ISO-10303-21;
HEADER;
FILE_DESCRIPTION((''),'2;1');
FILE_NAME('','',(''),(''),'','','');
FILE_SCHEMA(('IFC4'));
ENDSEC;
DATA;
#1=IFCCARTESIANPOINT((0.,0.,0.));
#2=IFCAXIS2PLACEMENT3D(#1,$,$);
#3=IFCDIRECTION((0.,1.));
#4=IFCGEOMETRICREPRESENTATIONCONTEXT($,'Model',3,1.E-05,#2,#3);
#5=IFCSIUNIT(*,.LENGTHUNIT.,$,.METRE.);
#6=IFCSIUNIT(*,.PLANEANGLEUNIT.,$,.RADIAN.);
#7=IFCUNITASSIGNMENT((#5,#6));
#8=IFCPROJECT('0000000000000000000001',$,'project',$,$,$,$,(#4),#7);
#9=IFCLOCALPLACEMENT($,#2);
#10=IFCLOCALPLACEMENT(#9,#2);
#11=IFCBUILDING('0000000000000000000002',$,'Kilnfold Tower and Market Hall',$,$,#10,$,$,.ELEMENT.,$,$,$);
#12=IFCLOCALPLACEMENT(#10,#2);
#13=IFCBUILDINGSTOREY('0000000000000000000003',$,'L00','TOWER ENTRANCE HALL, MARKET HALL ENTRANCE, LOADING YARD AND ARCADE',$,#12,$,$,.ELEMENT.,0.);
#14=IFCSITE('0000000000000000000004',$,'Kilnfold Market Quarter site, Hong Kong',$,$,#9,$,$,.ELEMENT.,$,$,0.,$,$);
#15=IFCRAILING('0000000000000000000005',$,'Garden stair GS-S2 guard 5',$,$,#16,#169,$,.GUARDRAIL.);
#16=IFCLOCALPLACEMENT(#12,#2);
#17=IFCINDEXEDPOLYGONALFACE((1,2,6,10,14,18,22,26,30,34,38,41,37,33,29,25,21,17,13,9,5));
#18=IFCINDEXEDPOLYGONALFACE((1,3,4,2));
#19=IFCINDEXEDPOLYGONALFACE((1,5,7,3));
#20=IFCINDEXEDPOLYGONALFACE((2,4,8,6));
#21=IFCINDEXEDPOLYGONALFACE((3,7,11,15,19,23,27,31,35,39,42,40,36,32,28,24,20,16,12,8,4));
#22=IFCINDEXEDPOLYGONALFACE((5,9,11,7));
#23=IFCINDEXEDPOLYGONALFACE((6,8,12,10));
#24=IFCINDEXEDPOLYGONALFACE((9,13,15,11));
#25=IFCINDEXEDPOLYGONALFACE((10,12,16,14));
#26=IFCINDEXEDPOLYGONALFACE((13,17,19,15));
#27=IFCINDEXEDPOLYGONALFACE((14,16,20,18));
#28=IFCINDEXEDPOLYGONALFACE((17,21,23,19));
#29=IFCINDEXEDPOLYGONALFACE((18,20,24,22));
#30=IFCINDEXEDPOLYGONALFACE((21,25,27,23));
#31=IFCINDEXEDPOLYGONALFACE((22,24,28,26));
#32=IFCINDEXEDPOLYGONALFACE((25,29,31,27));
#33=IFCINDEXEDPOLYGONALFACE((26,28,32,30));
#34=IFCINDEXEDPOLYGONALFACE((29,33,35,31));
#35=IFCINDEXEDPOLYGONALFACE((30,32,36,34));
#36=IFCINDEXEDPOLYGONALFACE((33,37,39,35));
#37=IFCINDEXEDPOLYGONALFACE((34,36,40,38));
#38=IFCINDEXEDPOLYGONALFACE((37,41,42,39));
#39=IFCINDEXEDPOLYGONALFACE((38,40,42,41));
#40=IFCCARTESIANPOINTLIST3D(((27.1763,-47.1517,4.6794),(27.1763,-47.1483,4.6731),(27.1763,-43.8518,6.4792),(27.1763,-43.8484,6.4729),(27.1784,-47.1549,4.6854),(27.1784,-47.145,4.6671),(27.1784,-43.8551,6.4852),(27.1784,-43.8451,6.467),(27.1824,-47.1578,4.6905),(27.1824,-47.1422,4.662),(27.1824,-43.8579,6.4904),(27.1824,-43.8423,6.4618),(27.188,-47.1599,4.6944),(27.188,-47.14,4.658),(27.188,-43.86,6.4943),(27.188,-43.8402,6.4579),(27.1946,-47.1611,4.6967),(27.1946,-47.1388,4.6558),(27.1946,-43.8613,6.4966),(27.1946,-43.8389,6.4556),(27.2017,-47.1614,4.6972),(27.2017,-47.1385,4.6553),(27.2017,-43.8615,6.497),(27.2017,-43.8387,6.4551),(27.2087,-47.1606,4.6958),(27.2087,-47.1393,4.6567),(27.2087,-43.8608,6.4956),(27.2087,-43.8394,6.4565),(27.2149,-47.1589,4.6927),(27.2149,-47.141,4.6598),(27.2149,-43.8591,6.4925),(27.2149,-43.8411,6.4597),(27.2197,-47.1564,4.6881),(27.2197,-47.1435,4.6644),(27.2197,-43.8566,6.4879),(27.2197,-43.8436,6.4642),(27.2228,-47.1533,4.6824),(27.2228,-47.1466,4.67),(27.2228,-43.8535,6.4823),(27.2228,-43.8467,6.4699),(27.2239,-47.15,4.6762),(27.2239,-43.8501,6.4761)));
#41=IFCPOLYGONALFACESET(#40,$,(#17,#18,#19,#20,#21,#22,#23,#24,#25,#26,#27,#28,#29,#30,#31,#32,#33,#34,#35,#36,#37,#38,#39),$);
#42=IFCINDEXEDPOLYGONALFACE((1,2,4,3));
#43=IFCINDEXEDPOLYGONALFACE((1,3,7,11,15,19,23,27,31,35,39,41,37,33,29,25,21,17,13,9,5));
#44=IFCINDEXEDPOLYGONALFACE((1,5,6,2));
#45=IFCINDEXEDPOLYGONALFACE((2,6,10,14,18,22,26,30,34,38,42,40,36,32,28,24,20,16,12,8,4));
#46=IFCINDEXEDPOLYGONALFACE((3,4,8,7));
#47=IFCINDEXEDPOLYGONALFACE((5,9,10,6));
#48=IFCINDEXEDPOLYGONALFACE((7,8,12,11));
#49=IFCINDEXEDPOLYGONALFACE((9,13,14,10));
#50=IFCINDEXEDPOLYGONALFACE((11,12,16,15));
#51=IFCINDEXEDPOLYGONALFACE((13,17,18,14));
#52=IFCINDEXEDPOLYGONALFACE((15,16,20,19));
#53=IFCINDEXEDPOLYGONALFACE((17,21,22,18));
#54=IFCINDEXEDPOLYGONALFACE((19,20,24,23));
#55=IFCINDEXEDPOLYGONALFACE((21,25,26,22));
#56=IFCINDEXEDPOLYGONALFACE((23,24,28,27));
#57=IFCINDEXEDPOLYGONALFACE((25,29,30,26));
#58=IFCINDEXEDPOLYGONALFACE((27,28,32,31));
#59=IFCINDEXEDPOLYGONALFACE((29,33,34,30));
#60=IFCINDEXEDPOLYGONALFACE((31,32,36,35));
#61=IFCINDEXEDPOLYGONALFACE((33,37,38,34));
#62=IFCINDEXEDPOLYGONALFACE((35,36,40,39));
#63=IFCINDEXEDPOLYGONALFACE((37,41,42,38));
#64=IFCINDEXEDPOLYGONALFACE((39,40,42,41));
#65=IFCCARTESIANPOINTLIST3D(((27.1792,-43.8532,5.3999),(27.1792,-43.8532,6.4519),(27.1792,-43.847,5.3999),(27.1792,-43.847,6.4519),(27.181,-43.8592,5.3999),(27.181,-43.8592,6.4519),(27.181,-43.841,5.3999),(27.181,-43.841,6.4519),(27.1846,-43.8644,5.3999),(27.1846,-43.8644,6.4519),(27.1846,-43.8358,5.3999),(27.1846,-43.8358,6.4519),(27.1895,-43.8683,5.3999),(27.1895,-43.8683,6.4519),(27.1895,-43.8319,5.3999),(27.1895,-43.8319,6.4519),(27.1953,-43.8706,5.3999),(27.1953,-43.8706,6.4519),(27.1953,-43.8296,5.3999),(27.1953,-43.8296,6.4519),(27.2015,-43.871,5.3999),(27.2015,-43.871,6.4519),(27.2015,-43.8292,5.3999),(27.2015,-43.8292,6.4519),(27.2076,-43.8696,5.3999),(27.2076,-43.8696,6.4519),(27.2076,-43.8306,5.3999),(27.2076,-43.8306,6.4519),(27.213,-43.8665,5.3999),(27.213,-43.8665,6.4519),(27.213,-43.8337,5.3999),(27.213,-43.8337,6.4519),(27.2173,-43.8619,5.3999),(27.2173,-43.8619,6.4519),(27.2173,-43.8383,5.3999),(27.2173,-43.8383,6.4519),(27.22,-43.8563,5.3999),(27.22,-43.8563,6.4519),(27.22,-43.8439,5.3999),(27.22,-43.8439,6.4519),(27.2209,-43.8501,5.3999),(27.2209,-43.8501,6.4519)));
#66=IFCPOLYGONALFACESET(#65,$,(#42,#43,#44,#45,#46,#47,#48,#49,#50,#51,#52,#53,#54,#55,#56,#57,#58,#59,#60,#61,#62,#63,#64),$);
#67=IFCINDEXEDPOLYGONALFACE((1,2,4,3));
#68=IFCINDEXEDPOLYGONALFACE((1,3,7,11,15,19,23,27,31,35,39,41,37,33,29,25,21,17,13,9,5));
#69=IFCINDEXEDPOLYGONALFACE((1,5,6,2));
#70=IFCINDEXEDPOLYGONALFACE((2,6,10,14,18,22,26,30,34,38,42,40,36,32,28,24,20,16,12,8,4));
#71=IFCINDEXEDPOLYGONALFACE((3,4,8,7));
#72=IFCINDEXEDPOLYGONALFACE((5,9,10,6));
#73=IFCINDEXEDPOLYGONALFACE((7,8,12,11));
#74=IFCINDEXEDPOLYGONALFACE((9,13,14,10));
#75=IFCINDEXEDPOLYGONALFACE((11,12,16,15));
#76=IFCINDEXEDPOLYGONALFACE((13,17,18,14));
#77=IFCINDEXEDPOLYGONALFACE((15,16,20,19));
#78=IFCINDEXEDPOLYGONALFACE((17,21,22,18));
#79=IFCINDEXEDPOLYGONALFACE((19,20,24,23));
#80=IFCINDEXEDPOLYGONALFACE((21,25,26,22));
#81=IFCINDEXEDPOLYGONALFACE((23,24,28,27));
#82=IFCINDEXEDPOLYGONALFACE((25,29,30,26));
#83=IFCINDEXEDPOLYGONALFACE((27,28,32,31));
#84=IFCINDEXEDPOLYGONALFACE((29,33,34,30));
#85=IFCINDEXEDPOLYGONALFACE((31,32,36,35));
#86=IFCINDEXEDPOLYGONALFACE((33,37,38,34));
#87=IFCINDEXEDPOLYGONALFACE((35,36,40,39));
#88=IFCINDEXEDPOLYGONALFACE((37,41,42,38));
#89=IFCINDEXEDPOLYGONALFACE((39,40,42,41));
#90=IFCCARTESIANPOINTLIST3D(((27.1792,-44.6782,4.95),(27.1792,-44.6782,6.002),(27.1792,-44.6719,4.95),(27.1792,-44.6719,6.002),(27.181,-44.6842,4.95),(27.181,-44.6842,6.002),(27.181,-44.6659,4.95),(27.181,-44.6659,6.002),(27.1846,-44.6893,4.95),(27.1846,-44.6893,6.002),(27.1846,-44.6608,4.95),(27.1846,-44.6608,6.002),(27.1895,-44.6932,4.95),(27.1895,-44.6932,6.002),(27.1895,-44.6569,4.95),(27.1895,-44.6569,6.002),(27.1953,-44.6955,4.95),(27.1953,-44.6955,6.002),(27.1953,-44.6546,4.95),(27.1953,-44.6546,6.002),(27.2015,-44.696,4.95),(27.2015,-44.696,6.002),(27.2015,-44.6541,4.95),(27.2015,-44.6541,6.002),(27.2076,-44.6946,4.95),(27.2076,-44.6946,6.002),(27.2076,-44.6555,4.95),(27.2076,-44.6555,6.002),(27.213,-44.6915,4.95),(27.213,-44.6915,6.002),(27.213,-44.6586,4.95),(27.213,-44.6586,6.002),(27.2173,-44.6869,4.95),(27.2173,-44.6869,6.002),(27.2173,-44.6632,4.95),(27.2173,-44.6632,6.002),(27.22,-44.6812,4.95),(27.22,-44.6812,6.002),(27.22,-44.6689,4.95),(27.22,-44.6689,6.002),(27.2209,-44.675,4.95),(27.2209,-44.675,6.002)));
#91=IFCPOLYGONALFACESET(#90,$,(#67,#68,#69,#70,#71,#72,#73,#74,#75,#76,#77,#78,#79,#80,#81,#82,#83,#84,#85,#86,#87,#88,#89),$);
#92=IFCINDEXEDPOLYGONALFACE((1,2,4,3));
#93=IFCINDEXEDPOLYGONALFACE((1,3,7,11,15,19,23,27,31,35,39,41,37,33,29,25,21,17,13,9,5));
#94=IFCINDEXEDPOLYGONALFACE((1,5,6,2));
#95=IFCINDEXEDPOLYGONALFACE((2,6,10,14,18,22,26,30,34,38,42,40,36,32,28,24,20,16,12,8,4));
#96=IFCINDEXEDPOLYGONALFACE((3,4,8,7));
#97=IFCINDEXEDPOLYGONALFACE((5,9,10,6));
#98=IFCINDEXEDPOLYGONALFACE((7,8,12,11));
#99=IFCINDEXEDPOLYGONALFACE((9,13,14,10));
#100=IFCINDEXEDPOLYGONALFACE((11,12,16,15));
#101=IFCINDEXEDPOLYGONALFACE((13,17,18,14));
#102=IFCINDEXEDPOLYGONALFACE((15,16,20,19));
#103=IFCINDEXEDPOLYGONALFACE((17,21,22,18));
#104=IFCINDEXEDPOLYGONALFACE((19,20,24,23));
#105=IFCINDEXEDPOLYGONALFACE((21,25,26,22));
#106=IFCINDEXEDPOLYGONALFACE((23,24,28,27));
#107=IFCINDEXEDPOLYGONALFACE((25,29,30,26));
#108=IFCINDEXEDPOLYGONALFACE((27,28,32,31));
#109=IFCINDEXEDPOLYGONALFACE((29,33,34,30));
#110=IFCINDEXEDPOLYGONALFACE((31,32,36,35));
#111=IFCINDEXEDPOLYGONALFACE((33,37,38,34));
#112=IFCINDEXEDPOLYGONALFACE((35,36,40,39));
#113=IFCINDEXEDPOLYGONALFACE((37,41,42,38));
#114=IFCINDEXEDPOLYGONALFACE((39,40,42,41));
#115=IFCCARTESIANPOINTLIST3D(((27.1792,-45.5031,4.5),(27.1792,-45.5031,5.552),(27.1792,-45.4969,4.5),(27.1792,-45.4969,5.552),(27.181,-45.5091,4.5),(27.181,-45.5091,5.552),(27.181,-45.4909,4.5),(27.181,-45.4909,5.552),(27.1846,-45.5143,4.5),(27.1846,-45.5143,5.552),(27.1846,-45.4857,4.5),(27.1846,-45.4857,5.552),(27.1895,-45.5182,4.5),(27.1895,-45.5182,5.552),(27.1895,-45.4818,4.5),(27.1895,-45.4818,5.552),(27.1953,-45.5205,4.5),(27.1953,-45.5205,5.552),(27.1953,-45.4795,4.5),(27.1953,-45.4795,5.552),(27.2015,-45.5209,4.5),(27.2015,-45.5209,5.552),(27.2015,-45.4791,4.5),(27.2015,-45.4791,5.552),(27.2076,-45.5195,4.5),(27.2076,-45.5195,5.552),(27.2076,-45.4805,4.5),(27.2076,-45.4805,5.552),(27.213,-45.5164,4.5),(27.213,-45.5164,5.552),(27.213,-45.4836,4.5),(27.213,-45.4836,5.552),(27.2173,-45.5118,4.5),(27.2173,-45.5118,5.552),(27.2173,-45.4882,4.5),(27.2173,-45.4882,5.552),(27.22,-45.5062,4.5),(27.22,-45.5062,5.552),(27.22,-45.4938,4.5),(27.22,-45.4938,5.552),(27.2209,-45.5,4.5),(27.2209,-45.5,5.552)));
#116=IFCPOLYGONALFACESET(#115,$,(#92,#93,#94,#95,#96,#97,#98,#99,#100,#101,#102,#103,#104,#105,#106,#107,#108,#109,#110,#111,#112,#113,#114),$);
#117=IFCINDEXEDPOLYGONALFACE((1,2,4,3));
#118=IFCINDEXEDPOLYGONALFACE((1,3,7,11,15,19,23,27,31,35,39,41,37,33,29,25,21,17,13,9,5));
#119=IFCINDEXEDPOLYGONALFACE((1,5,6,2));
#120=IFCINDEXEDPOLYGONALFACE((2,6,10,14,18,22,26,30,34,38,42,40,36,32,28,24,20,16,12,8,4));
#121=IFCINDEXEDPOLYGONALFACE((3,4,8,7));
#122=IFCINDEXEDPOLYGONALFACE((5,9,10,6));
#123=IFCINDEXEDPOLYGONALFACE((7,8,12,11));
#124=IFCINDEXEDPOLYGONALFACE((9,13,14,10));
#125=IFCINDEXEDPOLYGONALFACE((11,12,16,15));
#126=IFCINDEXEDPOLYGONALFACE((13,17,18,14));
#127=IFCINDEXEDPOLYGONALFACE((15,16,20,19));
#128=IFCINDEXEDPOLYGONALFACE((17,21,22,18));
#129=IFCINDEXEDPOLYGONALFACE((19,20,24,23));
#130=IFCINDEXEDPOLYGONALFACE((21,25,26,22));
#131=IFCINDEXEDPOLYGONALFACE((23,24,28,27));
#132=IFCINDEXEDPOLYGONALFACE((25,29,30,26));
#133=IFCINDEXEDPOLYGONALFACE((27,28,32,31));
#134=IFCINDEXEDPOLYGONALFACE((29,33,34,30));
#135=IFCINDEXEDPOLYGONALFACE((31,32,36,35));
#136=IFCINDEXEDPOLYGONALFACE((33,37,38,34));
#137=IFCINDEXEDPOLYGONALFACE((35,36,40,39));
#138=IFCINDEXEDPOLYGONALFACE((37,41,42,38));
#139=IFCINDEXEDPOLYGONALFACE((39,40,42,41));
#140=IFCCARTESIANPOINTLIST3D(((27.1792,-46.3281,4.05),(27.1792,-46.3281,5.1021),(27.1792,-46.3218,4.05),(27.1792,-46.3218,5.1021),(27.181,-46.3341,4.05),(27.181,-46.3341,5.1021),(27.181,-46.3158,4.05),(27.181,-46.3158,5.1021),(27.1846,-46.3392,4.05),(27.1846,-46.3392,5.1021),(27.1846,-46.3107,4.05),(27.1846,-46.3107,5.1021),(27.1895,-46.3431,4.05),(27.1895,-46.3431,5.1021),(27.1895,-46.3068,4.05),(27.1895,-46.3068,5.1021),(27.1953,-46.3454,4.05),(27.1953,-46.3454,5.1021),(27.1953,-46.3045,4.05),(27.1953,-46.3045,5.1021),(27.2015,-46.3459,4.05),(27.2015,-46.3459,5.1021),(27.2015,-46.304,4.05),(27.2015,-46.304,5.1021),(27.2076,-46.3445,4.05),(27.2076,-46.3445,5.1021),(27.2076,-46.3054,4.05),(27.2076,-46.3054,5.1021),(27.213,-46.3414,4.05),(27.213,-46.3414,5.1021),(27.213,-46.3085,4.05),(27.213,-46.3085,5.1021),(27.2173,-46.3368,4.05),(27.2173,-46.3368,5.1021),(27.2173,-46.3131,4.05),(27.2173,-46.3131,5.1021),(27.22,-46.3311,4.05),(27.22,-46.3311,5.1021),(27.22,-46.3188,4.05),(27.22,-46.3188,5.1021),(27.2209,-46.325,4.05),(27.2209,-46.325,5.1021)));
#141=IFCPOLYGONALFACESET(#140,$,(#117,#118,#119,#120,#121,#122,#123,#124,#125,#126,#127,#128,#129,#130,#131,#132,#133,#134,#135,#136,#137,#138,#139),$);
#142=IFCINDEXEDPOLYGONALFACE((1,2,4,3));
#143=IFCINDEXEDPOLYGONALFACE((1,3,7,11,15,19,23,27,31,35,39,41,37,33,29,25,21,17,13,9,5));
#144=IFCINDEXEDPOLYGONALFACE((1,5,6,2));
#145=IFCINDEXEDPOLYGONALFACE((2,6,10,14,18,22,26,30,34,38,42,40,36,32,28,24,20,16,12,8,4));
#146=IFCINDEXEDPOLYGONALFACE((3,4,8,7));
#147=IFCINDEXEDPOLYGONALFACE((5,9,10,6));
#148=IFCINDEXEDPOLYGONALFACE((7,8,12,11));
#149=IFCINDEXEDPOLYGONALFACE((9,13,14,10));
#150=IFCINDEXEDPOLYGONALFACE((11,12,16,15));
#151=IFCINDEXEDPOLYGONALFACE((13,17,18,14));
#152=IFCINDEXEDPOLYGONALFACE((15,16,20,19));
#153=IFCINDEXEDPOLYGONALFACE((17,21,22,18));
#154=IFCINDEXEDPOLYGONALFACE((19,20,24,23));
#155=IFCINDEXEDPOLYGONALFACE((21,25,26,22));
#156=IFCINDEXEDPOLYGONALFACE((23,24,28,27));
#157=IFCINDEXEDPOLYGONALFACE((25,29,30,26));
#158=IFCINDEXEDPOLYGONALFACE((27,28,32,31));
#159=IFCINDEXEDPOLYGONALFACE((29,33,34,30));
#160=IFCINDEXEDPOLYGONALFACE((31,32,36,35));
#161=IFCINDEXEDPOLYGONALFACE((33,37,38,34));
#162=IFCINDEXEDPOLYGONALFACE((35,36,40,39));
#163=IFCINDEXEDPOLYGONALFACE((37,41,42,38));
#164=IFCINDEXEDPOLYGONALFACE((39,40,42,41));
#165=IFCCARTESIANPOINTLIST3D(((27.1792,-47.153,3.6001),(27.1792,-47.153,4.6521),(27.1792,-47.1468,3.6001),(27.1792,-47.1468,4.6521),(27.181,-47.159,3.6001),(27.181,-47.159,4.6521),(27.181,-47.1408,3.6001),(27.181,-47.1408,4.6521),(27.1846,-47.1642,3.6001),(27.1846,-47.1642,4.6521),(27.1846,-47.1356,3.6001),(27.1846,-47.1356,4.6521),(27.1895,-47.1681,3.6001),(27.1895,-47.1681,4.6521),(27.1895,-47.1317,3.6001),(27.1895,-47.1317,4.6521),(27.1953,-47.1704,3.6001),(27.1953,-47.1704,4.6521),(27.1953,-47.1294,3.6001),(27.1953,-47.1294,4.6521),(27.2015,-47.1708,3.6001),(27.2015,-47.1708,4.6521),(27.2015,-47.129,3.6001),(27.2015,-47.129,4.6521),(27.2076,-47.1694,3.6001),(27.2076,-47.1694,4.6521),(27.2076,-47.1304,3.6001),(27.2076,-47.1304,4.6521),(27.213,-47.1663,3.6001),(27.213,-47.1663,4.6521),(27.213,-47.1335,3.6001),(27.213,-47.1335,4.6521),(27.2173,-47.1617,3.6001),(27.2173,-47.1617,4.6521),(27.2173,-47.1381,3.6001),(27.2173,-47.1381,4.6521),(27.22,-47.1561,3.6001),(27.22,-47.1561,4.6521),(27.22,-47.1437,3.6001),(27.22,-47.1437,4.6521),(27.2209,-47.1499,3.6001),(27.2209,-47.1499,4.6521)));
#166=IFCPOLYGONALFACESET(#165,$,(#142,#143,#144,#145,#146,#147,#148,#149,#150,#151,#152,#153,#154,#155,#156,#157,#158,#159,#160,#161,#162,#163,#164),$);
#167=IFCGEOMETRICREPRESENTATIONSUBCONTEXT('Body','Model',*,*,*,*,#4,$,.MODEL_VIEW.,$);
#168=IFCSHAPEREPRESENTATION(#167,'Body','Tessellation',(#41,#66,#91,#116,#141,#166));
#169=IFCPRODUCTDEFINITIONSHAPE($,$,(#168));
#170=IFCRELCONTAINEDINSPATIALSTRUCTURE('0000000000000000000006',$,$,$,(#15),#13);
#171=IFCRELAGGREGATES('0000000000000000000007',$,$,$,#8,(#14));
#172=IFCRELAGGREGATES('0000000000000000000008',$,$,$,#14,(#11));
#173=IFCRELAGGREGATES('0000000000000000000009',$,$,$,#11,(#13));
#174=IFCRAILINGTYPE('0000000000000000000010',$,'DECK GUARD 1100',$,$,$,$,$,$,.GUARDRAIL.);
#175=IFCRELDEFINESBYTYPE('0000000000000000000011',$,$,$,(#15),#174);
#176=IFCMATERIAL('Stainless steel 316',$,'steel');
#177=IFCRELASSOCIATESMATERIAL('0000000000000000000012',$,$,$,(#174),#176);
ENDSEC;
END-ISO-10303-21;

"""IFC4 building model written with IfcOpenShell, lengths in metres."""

from ifc_helpers import new_model, si_unit, direction, frame, origin, origin_2d, place, context, subcontext, project, spatial, circle, extrude, material, type_object, element, save


model = new_model("IFC4")

# Units and contexts
model_context = context("Model", 3, precision=1e-05, world=origin(), true_north=direction((0.0, 1.0)))
body_context = subcontext(model_context, "Body", "Model", "MODEL_VIEW")
ifc_project = project(units=[si_unit("LENGTHUNIT", "METRE"), si_unit("PLANEANGLEUNIT", "RADIAN")], contexts=[model_context])

# Site, building, storey
site_placement = place(None, origin())
site = spatial("IfcSite", under=ifc_project, at=site_placement, Name="Kilnfold Market Quarter site, Hong Kong", CompositionType="ELEMENT", RefElevation=0.0)
building_placement = place(site_placement, origin())
building = spatial("IfcBuilding", under=site, at=building_placement, Name="Kilnfold Tower and Market Hall", CompositionType="ELEMENT")
storey_placement = place(building_placement, origin())
storey = spatial("IfcBuildingStorey", under=building, at=storey_placement, Name="L00", Description="TOWER ENTRANCE HALL, MARKET HALL ENTRANCE, LOADING YARD AND ARCADE", CompositionType="ELEMENT", Elevation=0.0)

# Railing
ifc_material_1 = material(Name="Stainless steel 316", Category="steel")
railing_type_1 = type_object("IfcRailingType", Name="DECK GUARD 1100", PredefinedType="GUARDRAIL", material=ifc_material_1)
railing_1_placement = place(storey_placement, frame((27.2, -43.8501, 5.3999)))
element("IfcRailing", 1, at=railing_1_placement, inside=storey, type_object=railing_type_1, Name="Garden stair GS-S2 guard 5", PredefinedType="GUARDRAIL", context=body_context, shape_type="SweptSolid", body=[
    extrude(circle(Radius=0.0239, at=origin_2d()), frame((0.0, 0.0, 1.0762), z_axis=(0.0, -0.877906, -0.478834), x_axis=(1.0, 0.0, 0.0)), (0.0, 0.0, 1.0), 3.7588),
    extrude(circle(Radius=0.021, at=origin_2d()), origin(), (0.0, 0.0, 1.0), 1.052),
    extrude(circle(Radius=0.021, at=origin_2d()), frame((0.0, -0.825, -0.45)), (0.0, 0.0, 1.0), 1.052),
    extrude(circle(Radius=0.021, at=origin_2d()), frame((0.0, -1.6499, -0.8999)), (0.0, 0.0, 1.0), 1.052),
    extrude(circle(Radius=0.021, at=origin_2d()), frame((0.0, -2.4749, -1.3499)), (0.0, 0.0, 1.0), 1.052),
    extrude(circle(Radius=0.021, at=origin_2d()), frame((0.0, -3.2998, -1.7998)), (0.0, 0.0, 1.0), 1.052),
])

save(model, "model.ifc")
